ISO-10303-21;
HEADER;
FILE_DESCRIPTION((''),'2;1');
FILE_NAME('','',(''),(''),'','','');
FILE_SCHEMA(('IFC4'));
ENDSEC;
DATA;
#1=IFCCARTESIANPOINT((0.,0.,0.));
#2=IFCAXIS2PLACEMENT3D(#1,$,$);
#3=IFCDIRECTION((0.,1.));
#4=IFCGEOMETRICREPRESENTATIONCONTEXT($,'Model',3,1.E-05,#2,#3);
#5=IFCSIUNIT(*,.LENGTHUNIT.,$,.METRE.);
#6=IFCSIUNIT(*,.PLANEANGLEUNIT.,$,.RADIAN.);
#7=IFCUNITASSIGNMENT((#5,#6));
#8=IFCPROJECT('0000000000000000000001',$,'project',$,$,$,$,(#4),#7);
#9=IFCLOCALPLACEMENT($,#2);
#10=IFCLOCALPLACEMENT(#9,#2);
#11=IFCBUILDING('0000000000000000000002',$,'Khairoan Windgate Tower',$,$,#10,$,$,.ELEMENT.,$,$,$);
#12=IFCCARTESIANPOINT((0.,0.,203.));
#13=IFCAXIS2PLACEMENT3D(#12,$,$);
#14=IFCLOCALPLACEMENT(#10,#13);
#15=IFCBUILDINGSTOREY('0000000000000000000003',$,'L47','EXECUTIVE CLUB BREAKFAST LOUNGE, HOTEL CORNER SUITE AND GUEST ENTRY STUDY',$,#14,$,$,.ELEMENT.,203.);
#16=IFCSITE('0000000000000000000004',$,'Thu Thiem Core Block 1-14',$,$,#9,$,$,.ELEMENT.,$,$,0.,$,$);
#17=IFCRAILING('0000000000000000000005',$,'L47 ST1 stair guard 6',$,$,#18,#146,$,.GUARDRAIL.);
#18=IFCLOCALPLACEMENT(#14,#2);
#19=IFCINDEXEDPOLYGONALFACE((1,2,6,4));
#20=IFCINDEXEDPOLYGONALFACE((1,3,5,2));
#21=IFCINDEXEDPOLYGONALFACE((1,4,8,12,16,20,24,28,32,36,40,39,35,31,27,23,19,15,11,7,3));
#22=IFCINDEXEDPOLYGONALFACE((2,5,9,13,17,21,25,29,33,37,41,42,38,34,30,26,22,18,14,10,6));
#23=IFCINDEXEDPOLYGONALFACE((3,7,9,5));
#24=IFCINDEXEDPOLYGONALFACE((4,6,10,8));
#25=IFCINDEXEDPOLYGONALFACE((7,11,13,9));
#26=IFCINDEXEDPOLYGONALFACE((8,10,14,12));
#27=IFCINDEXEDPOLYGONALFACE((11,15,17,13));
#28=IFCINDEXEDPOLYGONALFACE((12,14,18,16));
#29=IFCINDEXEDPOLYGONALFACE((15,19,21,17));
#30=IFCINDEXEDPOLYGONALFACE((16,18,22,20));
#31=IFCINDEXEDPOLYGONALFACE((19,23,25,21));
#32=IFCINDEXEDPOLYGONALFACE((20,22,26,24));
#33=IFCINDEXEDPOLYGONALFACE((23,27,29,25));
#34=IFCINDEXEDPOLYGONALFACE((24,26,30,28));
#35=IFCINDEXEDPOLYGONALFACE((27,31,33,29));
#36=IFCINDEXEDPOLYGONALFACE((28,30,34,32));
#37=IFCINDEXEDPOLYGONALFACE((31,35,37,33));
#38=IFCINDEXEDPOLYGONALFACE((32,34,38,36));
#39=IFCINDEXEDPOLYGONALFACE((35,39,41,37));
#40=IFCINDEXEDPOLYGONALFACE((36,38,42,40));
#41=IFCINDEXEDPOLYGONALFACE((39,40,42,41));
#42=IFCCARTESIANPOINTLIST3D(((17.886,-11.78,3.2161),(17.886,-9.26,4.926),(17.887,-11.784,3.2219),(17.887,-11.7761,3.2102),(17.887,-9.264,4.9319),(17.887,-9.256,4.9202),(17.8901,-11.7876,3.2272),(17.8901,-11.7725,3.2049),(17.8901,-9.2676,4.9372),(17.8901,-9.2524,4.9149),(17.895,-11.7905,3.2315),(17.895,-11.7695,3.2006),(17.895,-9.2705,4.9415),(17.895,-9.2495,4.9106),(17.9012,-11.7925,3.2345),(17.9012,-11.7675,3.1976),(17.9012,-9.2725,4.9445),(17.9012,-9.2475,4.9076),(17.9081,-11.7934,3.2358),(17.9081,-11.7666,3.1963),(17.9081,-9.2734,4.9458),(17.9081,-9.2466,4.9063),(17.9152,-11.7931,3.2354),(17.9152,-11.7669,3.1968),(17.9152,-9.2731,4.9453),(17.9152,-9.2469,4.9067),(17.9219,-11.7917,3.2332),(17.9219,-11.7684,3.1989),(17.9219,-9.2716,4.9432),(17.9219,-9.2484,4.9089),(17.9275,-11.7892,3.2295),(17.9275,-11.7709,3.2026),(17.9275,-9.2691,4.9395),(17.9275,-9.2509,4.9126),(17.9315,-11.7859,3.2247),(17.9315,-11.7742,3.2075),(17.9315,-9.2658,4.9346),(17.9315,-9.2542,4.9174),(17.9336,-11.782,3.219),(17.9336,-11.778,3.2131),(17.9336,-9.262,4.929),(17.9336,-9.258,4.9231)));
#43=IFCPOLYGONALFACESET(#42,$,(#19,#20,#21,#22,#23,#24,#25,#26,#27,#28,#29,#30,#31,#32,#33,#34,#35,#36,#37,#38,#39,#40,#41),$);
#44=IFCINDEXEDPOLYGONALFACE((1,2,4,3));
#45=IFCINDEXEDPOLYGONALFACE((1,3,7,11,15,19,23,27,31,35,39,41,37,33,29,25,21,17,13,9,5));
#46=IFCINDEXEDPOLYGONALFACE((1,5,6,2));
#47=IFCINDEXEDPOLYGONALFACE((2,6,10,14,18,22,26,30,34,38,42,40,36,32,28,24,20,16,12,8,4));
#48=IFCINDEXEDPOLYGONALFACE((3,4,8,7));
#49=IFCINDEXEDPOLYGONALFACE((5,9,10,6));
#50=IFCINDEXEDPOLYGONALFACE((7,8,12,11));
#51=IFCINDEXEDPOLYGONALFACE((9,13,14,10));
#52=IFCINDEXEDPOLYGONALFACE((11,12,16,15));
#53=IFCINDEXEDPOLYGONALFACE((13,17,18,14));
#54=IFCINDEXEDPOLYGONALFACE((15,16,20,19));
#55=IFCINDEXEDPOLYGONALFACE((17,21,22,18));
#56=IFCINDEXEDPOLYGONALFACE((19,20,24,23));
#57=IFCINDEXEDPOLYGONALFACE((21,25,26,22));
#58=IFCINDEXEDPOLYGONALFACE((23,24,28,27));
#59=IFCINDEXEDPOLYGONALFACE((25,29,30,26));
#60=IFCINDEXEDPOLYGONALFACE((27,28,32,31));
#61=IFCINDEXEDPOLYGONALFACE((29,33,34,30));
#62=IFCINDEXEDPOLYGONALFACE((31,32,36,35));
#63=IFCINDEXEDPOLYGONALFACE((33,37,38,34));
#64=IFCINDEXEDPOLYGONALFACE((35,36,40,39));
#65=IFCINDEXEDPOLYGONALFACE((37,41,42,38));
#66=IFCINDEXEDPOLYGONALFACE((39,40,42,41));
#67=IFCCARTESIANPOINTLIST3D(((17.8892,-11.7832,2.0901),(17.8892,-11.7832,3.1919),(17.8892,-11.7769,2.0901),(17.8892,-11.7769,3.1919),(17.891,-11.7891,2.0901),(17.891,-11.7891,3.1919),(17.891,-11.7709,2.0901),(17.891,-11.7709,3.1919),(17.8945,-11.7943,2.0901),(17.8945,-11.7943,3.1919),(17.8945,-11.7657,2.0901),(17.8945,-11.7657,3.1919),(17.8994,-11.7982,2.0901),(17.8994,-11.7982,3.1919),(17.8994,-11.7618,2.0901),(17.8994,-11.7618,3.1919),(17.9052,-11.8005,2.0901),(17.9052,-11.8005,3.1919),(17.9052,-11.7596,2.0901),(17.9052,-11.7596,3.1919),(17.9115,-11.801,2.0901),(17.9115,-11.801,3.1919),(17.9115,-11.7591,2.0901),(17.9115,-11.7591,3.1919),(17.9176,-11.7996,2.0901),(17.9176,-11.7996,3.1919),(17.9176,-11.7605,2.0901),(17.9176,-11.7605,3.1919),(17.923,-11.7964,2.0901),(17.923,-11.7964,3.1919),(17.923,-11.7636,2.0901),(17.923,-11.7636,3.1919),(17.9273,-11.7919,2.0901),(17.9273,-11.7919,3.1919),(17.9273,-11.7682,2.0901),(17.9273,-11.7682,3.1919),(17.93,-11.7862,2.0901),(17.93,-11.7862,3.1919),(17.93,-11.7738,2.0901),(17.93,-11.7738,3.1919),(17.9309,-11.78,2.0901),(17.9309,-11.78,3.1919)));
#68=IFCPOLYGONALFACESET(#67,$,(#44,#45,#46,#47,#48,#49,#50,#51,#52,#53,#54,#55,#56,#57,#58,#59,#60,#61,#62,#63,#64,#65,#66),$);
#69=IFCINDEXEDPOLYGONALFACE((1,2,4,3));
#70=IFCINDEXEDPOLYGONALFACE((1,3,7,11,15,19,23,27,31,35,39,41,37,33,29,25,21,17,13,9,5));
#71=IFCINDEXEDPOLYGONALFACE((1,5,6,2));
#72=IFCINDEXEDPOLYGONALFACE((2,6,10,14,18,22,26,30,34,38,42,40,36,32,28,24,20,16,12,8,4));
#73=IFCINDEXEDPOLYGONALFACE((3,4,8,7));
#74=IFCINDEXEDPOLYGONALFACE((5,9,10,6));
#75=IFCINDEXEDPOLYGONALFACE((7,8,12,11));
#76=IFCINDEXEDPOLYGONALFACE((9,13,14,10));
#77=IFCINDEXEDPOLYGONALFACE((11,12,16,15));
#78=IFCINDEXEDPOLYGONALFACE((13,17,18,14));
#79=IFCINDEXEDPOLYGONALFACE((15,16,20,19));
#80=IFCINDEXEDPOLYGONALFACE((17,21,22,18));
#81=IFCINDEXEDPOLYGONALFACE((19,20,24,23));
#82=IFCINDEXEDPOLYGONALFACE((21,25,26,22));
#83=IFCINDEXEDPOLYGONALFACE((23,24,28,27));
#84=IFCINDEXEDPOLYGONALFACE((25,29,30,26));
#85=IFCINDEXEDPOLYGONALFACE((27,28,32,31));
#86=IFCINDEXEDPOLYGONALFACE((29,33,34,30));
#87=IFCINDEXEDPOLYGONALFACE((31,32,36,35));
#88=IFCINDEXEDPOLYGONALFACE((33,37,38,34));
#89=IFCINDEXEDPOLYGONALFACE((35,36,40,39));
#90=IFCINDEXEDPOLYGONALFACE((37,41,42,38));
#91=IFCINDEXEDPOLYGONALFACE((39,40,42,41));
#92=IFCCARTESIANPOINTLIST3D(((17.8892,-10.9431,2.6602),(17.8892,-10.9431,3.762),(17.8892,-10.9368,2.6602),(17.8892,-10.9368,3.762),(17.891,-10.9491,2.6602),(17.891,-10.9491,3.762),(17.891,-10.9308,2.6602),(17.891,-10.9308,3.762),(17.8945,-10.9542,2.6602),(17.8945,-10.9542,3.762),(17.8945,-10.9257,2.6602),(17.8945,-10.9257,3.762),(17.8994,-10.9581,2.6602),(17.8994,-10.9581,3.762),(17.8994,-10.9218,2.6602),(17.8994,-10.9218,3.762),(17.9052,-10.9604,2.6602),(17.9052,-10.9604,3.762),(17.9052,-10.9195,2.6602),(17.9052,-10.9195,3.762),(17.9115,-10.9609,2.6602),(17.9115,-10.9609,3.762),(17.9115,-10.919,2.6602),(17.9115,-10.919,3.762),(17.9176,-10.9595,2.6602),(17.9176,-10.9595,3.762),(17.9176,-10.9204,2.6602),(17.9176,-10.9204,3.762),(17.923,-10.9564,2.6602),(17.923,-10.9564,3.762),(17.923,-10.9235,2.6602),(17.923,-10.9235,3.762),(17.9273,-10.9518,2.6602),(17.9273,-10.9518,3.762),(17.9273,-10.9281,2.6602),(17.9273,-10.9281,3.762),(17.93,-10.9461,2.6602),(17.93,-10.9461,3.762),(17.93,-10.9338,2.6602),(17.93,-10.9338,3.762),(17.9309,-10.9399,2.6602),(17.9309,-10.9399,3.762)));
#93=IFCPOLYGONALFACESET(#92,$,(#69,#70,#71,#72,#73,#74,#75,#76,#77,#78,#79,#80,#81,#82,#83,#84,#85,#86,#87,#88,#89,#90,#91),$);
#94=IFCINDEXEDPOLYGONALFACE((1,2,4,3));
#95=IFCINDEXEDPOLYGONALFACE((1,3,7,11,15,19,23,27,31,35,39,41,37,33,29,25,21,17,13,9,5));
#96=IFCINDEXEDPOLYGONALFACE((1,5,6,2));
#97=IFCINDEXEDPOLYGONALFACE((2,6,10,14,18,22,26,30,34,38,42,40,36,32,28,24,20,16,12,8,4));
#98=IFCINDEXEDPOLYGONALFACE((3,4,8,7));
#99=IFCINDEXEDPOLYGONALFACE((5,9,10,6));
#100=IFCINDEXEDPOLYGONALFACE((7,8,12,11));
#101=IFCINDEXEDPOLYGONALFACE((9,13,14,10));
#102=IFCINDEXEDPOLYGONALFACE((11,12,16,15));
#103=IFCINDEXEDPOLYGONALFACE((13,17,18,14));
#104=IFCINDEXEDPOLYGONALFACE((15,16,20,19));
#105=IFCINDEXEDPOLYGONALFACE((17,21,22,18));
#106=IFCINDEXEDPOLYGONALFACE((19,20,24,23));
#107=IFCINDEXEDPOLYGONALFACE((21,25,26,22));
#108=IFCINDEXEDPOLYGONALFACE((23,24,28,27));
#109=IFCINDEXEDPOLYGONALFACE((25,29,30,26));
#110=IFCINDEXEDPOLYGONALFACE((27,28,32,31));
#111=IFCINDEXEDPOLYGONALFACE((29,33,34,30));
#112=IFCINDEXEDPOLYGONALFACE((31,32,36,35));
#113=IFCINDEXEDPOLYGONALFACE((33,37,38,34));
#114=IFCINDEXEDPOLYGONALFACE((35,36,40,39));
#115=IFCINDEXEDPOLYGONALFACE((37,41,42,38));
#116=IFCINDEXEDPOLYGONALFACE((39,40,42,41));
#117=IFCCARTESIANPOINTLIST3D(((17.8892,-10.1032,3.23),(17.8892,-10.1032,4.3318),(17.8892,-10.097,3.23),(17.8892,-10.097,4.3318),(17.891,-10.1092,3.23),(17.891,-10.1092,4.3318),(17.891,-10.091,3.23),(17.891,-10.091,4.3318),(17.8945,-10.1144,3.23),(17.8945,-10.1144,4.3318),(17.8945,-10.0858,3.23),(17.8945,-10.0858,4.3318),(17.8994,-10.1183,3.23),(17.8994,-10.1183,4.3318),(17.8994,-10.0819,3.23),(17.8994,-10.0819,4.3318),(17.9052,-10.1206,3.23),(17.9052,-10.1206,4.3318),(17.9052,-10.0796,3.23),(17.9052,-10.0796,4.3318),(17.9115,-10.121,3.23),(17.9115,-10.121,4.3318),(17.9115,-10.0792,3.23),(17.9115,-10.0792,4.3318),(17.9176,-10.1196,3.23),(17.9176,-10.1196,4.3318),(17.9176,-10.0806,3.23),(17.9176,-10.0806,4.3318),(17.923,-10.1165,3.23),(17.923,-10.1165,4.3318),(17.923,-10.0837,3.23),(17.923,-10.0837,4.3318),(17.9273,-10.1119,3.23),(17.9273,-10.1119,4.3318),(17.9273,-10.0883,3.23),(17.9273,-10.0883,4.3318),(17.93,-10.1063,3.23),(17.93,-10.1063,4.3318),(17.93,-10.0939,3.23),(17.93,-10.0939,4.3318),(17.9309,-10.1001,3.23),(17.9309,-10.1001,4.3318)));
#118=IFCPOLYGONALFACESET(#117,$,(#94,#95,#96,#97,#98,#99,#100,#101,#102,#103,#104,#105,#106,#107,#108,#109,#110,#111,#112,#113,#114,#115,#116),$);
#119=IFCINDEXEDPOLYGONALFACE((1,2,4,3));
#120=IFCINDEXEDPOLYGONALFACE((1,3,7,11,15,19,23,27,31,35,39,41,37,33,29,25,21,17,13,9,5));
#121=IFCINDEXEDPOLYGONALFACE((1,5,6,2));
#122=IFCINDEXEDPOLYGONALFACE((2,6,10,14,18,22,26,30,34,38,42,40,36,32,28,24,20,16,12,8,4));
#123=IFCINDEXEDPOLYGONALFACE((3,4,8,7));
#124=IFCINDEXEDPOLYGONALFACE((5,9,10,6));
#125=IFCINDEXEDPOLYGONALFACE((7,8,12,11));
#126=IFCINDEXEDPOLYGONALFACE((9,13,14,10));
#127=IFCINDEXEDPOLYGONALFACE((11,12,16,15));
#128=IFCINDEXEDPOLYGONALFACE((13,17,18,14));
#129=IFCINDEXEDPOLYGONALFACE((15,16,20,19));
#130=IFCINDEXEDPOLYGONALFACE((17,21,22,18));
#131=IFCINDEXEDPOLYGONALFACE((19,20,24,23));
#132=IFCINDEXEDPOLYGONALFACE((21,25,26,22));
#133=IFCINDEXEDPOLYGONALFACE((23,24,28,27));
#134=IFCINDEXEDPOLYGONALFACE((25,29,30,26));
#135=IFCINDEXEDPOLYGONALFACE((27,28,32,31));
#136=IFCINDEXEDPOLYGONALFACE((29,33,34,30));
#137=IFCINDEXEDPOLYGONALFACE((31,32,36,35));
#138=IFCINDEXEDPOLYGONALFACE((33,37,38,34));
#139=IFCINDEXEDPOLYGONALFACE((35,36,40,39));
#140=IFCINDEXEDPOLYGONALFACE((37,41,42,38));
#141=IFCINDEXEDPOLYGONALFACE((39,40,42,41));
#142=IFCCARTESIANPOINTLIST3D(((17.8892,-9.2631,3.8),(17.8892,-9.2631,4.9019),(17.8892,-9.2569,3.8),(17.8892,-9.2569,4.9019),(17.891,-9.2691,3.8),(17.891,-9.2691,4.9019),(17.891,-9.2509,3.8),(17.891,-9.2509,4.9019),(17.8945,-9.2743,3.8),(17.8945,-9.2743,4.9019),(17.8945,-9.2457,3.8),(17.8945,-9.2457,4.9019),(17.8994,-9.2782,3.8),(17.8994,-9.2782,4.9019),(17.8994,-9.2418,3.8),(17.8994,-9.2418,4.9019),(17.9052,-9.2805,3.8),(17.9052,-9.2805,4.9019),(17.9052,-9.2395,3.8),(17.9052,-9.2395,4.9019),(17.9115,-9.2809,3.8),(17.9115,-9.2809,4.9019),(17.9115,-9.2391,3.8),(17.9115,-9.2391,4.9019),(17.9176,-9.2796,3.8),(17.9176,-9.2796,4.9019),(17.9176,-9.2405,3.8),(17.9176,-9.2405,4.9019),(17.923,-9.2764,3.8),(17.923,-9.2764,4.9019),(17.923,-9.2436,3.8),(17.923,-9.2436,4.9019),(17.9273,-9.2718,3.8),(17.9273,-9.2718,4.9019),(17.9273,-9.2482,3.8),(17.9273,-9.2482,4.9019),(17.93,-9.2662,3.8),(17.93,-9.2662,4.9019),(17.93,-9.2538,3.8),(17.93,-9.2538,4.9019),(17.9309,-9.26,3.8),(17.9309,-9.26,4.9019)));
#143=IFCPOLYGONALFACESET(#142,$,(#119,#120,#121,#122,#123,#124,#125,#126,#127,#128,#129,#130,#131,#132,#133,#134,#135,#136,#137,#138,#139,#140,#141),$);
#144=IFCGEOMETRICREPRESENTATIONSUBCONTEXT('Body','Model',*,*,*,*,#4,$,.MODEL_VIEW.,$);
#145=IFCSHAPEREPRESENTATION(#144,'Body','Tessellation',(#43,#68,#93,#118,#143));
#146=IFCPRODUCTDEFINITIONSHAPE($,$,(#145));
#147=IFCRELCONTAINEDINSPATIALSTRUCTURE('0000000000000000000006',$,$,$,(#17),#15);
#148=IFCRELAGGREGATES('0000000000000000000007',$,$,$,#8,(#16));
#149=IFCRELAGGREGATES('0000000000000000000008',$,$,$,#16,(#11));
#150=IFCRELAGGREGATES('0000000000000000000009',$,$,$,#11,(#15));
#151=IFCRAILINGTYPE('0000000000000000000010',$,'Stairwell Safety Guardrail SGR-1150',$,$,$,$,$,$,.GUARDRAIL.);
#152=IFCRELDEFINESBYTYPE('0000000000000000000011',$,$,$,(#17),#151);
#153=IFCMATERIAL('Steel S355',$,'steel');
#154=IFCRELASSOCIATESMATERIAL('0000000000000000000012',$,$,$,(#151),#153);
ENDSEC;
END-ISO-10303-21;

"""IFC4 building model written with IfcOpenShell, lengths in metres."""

from ifc_helpers import new_model, si_unit, direction, frame, origin, origin_2d, place, context, subcontext, project, spatial, circle, extrude, material, type_object, element, save


model = new_model("IFC4")

# Units and contexts
model_context = context("Model", 3, precision=1e-05, world=origin(), true_north=direction((0.0, 1.0)))
body_context = subcontext(model_context, "Body", "Model", "MODEL_VIEW")
ifc_project = project(units=[si_unit("LENGTHUNIT", "METRE"), si_unit("PLANEANGLEUNIT", "RADIAN")], contexts=[model_context])

# Site, building, storey
site_placement = place(None, origin())
site = spatial("IfcSite", under=ifc_project, at=site_placement, Name="Thu Thiem Core Block 1-14", CompositionType="ELEMENT", RefElevation=0.0)
building_placement = place(site_placement, origin())
building = spatial("IfcBuilding", under=site, at=building_placement, Name="Khairoan Windgate Tower", CompositionType="ELEMENT")
storey_placement = place(building_placement, frame((0.0, 0.0, 203.0)))
storey = spatial("IfcBuildingStorey", under=building, at=storey_placement, Name="L47", Description="EXECUTIVE CLUB BREAKFAST LOUNGE, HOTEL CORNER SUITE AND GUEST ENTRY STUDY", CompositionType="ELEMENT", Elevation=203.0)

# Railing
ifc_material_1 = material(Name="Steel S355", Category="steel")
railing_type = type_object("IfcRailingType", Name="Stairwell Safety Guardrail SGR-1150", PredefinedType="GUARDRAIL", material=ifc_material_1)
railing_1_placement = place(storey_placement, frame((17.9099, -11.78, 2.0901)))
element("IfcRailing", 1, at=railing_1_placement, inside=storey, type_object=railing_type, Name="L47 ST1 stair guard 6", PredefinedType="GUARDRAIL", context=body_context, shape_type="SweptSolid", body=[
    extrude(circle(Radius=0.0239, at=origin_2d()), frame((0.0, 0.0, 1.126), z_axis=(0.0, 0.827484, 0.56149), x_axis=(-1.0, 0.0, 0.0)), (0.0, 0.0, 1.0), 3.0454),
    extrude(circle(Radius=0.021, at=origin_2d()), origin(), (0.0, 0.0, 1.0), 1.1018),
    extrude(circle(Radius=0.021, at=origin_2d()), frame((0.0, 0.8401, 0.5701)), (0.0, 0.0, 1.0), 1.1018),
    extrude(circle(Radius=0.021, at=origin_2d()), frame((0.0, 1.6799, 1.1399)), (0.0, 0.0, 1.0), 1.1018),
    extrude(circle(Radius=0.021, at=origin_2d()), frame((0.0, 2.52, 1.71)), (0.0, 0.0, 1.0), 1.1018),
])

save(model, "model.ifc")
